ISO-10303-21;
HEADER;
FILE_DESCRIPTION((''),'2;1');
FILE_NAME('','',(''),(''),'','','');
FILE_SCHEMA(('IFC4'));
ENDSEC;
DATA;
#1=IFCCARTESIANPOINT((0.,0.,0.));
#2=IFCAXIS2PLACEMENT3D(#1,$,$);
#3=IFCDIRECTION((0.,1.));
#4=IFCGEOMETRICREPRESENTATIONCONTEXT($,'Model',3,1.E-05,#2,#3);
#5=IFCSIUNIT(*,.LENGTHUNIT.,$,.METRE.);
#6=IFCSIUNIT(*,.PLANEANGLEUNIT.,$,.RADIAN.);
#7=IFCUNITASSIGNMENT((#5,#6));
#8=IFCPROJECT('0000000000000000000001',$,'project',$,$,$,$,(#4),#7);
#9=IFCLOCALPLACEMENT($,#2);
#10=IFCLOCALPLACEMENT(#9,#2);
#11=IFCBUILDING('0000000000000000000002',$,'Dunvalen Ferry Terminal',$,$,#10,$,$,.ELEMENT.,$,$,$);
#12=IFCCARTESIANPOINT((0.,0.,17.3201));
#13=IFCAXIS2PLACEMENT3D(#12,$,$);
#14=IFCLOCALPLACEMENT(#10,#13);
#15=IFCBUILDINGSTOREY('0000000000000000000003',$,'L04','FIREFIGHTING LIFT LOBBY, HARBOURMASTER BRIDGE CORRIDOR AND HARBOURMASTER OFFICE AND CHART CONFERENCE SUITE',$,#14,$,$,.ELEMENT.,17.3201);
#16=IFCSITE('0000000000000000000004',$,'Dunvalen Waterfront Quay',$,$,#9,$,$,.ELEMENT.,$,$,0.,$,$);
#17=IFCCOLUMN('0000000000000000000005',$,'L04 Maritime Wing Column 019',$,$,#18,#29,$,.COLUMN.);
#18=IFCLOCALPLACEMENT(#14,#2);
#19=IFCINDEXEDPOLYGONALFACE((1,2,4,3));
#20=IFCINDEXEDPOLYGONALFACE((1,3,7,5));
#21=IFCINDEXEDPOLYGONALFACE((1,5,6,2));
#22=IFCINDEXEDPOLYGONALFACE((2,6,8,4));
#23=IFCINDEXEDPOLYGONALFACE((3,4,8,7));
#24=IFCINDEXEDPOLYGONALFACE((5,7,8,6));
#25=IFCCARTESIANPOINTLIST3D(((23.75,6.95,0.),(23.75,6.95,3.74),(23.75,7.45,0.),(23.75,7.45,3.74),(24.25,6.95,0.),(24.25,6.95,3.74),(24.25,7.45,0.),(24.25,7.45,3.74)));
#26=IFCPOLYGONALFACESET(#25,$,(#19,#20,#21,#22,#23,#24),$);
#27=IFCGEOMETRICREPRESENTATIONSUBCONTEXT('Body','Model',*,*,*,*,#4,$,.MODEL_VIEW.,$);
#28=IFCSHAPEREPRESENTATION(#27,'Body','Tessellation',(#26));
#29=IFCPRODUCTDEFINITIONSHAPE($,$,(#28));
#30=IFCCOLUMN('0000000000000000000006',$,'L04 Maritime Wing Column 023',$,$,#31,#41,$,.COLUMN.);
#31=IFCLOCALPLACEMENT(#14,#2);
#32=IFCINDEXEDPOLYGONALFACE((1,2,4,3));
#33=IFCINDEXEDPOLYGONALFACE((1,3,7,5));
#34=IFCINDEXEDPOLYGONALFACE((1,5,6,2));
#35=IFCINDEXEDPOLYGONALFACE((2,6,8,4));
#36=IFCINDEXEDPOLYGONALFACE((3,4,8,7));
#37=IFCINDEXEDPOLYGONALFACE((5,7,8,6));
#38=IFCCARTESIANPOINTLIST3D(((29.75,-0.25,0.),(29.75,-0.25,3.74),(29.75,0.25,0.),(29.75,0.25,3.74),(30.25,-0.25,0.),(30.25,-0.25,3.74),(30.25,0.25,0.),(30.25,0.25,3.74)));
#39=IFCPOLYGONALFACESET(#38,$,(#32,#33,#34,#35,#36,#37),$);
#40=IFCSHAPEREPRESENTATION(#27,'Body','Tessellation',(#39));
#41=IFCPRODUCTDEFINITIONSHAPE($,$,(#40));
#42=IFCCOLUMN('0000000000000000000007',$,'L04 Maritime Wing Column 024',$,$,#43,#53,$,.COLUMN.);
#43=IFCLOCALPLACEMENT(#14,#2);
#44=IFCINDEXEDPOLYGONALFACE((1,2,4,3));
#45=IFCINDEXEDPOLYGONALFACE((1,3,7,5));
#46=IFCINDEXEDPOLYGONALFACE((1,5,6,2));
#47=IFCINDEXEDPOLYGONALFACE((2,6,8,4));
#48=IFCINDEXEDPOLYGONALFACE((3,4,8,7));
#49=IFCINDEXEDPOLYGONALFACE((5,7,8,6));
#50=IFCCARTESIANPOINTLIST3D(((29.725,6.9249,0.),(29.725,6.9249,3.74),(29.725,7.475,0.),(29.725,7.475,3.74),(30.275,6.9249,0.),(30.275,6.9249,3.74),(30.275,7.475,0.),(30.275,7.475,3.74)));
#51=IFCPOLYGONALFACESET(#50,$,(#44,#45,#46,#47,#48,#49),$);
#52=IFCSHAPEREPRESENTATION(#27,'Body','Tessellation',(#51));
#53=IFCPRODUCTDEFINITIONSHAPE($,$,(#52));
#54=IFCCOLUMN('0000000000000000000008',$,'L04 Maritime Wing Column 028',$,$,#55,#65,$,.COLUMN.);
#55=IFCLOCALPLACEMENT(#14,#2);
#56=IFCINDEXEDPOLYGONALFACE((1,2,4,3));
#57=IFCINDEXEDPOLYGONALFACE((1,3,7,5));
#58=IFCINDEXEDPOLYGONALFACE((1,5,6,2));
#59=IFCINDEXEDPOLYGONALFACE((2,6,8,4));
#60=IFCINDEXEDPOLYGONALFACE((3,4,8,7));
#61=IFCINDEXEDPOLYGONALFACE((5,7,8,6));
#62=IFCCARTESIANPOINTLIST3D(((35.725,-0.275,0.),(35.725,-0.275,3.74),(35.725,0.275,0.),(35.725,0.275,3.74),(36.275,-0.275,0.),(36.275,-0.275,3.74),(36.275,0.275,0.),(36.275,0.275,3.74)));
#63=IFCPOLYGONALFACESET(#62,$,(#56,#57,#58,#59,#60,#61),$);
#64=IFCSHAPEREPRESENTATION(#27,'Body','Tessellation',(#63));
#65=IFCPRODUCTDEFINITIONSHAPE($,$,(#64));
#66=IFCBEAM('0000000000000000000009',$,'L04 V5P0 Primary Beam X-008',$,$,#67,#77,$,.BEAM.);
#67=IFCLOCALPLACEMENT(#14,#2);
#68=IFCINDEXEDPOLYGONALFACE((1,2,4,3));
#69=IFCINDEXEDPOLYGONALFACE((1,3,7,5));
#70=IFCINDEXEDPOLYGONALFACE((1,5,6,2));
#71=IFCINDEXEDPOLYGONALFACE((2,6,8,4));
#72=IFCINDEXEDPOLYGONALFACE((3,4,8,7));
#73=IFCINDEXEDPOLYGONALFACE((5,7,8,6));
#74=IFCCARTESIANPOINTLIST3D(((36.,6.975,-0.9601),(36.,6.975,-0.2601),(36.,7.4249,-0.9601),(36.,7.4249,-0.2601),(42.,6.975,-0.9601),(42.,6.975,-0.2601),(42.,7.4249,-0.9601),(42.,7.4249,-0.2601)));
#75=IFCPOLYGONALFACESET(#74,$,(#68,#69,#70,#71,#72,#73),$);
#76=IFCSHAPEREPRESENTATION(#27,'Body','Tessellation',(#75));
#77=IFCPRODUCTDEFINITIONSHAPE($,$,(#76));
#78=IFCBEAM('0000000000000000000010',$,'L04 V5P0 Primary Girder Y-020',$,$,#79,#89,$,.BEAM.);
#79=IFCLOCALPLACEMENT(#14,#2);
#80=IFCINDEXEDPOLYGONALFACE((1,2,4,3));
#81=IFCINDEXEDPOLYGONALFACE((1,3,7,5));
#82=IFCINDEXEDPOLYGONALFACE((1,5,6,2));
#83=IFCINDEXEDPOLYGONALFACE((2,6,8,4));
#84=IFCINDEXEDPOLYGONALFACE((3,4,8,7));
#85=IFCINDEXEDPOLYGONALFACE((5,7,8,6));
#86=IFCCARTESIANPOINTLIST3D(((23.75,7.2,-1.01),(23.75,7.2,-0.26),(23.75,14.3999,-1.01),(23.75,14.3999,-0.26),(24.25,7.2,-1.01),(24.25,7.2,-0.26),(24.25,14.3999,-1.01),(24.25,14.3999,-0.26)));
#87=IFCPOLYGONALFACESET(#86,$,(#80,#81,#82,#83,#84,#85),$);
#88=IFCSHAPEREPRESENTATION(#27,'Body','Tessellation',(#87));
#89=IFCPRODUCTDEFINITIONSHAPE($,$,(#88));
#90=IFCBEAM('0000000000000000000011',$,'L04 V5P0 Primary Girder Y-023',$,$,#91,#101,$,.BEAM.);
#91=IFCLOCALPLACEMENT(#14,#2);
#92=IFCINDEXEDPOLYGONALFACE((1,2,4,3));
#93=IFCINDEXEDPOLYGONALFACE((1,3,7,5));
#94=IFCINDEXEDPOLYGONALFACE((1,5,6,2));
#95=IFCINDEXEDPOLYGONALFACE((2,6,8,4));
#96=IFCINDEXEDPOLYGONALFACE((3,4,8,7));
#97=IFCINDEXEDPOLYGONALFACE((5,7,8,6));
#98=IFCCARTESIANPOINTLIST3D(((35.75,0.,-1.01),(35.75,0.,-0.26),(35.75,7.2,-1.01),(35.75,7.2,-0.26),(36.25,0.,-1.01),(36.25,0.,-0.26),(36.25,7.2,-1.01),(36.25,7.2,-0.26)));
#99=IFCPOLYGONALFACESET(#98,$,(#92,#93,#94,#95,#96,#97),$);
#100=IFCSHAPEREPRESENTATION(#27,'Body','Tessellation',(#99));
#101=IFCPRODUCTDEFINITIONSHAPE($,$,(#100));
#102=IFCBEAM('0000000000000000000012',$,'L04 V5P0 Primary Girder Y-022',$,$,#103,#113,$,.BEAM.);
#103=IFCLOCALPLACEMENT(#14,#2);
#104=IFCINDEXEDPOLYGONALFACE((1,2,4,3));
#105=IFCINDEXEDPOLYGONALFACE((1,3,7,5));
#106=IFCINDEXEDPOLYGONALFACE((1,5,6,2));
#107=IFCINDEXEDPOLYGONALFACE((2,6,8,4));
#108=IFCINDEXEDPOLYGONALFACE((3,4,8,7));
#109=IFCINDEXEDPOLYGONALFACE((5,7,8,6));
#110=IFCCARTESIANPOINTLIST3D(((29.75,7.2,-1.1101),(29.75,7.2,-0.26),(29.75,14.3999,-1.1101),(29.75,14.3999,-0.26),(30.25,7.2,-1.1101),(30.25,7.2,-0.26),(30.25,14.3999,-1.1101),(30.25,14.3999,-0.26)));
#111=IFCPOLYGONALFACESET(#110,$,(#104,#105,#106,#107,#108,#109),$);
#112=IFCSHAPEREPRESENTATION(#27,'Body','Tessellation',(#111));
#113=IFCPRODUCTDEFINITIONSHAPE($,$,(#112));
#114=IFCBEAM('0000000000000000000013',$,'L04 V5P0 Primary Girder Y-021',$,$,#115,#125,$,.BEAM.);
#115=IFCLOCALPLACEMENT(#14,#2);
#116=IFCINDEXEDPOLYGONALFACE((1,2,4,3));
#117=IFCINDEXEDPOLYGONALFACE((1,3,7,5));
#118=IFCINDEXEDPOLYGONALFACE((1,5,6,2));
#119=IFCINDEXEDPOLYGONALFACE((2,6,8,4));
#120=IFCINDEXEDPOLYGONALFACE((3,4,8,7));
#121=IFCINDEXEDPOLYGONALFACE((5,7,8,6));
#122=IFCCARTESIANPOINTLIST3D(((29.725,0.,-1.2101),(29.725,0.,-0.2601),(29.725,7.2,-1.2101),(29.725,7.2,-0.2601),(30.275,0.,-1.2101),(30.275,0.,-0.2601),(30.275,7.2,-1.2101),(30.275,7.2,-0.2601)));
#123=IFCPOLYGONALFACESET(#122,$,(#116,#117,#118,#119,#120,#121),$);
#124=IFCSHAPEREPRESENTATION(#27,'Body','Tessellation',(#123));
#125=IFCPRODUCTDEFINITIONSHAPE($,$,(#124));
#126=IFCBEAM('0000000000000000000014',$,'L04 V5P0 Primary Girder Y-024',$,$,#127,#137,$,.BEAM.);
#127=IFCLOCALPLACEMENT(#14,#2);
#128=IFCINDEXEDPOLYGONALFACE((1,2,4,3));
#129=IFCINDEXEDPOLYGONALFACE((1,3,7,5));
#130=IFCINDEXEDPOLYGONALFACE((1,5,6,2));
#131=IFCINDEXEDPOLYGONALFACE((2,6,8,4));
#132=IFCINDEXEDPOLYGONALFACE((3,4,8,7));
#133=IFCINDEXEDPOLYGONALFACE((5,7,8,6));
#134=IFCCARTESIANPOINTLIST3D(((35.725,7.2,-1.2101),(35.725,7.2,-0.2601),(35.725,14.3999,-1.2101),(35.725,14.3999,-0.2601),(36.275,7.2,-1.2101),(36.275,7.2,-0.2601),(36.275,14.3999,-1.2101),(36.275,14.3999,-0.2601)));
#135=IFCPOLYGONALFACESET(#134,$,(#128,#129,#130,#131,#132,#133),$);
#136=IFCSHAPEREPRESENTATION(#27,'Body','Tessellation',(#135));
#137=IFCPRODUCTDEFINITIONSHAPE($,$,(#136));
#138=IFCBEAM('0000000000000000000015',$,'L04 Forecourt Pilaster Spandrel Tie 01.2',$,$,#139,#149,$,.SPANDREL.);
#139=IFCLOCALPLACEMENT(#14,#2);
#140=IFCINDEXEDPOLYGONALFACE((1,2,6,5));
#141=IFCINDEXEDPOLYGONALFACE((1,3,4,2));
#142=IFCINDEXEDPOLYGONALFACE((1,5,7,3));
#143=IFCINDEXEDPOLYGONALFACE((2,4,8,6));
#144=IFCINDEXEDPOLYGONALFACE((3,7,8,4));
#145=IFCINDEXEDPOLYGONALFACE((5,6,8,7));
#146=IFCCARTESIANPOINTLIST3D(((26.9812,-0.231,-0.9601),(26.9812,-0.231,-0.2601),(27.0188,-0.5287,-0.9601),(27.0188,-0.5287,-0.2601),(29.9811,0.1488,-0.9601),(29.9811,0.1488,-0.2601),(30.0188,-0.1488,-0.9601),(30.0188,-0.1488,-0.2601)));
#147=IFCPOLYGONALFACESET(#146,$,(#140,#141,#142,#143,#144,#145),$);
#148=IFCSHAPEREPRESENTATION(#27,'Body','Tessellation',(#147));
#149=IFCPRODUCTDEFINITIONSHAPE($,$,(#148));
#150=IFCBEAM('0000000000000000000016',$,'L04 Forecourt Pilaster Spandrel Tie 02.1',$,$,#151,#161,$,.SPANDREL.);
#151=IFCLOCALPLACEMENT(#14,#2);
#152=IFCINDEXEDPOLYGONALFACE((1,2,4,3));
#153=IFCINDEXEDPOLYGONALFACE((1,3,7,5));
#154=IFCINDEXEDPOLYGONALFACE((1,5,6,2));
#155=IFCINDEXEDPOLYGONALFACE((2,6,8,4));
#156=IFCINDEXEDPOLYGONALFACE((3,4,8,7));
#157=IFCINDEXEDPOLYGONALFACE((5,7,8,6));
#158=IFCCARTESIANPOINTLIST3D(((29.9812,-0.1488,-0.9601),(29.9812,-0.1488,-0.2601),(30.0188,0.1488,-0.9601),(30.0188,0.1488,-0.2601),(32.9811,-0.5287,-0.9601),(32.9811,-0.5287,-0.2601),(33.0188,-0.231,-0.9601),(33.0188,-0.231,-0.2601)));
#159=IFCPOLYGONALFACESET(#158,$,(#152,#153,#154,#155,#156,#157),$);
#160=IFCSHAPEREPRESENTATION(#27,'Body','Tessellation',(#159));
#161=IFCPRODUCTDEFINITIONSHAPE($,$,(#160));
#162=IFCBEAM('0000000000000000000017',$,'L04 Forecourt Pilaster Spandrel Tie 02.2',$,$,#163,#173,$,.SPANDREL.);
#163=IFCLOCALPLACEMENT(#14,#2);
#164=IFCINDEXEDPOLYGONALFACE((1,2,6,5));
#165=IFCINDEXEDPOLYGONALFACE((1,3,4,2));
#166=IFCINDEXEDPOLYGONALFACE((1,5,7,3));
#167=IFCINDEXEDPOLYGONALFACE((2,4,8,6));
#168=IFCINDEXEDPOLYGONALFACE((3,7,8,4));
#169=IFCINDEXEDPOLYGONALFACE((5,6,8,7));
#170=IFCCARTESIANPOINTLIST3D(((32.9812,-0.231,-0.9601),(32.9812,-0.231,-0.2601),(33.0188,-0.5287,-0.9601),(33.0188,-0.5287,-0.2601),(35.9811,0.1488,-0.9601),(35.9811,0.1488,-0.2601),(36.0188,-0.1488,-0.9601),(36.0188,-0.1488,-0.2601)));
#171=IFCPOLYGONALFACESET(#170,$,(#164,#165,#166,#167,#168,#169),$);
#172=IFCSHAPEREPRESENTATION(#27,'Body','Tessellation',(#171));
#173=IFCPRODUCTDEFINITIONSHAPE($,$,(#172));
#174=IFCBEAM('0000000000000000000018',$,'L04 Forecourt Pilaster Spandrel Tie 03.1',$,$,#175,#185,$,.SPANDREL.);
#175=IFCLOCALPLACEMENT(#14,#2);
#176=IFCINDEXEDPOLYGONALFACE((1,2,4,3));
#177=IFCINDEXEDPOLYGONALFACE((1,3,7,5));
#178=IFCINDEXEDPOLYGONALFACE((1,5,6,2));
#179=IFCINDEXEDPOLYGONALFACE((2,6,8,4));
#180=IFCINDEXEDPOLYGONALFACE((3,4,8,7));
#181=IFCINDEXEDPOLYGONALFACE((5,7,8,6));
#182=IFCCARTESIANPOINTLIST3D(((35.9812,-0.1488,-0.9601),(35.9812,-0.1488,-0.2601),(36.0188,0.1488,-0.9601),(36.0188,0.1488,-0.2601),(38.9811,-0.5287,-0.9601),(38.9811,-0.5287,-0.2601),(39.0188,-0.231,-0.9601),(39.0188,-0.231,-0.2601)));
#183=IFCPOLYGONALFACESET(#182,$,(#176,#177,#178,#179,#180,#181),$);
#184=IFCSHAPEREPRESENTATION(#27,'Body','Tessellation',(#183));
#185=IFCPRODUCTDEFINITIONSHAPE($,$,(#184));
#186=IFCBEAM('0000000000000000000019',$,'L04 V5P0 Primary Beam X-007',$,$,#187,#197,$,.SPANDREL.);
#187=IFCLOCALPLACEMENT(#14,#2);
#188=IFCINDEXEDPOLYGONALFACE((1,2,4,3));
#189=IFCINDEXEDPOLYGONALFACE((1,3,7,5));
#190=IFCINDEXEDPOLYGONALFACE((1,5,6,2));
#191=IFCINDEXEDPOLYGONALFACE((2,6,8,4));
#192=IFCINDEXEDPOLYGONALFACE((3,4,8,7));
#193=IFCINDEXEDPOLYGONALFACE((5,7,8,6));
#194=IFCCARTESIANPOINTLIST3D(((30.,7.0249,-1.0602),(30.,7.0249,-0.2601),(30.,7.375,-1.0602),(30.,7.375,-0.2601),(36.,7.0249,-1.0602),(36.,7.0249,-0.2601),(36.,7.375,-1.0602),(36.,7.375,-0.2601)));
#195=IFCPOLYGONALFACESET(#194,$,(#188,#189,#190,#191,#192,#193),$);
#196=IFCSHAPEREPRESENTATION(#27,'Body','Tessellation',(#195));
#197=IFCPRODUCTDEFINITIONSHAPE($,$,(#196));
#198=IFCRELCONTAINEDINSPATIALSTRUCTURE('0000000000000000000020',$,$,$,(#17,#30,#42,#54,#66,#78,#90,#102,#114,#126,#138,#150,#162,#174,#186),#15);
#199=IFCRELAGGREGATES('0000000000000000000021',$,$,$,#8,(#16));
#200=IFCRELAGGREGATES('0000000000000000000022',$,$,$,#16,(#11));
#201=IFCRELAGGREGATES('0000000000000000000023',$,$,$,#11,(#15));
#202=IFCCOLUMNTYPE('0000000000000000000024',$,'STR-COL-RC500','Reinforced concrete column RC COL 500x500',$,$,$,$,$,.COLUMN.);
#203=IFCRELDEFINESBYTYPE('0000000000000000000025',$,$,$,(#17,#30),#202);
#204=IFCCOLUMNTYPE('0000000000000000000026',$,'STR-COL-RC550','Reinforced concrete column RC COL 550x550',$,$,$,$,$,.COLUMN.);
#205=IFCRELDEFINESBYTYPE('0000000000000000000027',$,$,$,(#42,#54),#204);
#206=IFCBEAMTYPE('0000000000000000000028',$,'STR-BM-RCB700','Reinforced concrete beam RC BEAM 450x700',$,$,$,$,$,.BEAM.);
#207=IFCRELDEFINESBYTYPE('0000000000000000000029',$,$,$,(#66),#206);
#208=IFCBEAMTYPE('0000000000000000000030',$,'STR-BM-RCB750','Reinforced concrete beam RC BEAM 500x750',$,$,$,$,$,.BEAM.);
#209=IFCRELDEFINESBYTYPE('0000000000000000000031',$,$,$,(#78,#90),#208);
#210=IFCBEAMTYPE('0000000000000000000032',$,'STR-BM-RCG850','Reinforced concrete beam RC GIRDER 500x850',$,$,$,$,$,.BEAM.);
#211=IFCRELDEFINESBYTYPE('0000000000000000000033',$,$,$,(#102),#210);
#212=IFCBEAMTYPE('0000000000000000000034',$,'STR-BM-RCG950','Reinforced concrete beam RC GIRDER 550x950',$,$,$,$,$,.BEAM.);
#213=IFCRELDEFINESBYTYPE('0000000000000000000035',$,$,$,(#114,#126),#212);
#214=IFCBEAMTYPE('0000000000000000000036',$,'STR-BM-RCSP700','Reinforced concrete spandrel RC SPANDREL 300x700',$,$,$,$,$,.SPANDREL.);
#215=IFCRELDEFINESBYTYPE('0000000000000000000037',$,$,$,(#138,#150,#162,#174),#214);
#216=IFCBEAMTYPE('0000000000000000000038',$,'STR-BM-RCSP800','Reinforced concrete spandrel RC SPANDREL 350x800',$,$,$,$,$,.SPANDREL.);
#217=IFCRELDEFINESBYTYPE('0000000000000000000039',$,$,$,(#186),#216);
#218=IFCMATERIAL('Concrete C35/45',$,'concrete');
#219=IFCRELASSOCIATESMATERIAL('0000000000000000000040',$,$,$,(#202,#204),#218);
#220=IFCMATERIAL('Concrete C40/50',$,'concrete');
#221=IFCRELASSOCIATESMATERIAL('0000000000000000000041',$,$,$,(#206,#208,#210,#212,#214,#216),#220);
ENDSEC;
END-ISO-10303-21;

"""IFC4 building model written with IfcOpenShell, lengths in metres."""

from ifc_helpers import new_model, si_unit, direction, frame, origin, origin_2d, place, context, subcontext, project, spatial, rectangle, extrude, material, material_profile, profile_set, type_object, element, save


model = new_model("IFC4")

# Units and contexts
model_context = context("Model", 3, precision=1e-05, world=origin(), true_north=direction((0.0, 1.0)))
body_context = subcontext(model_context, "Body", "Model", "MODEL_VIEW")
ifc_project = project(units=[si_unit("LENGTHUNIT", "METRE"), si_unit("PLANEANGLEUNIT", "RADIAN")], contexts=[model_context])

# Site, building, storey
site_placement = place(None, origin())
site = spatial("IfcSite", under=ifc_project, at=site_placement, Name="Dunvalen Waterfront Quay", CompositionType="ELEMENT", RefElevation=0.0)
building_placement = place(site_placement, origin())
building = spatial("IfcBuilding", under=site, at=building_placement, Name="Dunvalen Ferry Terminal", CompositionType="ELEMENT")
storey_placement = place(building_placement, frame((0.0, 0.0, 17.3201)))
storey = spatial("IfcBuildingStorey", under=building, at=storey_placement, Name="L04", Description="FIREFIGHTING LIFT LOBBY, HARBOURMASTER BRIDGE CORRIDOR AND HARBOURMASTER OFFICE AND CHART CONFERENCE SUITE", CompositionType="ELEMENT", Elevation=17.3201)

# Columns
ifc_material_1 = material(Name="Concrete C35/45", Category="concrete")
ifc_material_profile_1 = material_profile(ifc_material_1, rectangle(XDim=0.5, YDim=0.5, at=origin_2d()), Name="Concrete C35/45")
ifc_profile_set_1 = profile_set([ifc_material_profile_1], Name="Concrete C35/45")
column_type_1 = type_object("IfcColumnType", Name="STR-COL-RC500", Description="Reinforced concrete column RC COL 500x500", PredefinedType="COLUMN", material=ifc_profile_set_1)
for number, where, z_axis, x_axis, name in (
    (1, (24.0, 7.2, 0.0), (0.0, 0.0, 1.0), (1.0, 0.0, 0.0), "L04 Maritime Wing Column 019"),
    (2, (30.0, 0.0, 0.0), (0.0, 0.0, 1.0), (1.0, 0.0, 0.0), "L04 Maritime Wing Column 023"),
):
    element("IfcColumn", number, at=place(storey_placement, frame(where, z_axis=z_axis, x_axis=x_axis)), inside=storey, type_object=column_type_1, Name=name, PredefinedType="COLUMN", context=body_context, shape_type="SweptSolid", body=[
        extrude(rectangle(XDim=0.5, YDim=0.5, at=origin_2d()), origin(), (0.0, 0.0, 1.0), 3.74),
    ])
ifc_material_profile_2 = material_profile(ifc_material_1, rectangle(XDim=0.55, YDim=0.55, at=origin_2d()), Name="Concrete C35/45")
ifc_profile_set_2 = profile_set([ifc_material_profile_2], Name="Concrete C35/45")
column_type_2 = type_object("IfcColumnType", Name="STR-COL-RC550", Description="Reinforced concrete column RC COL 550x550", PredefinedType="COLUMN", material=ifc_profile_set_2)
for number, where, z_axis, x_axis, name in (
    (3, (30.0, 7.2, 0.0), (0.0, 0.0, 1.0), (1.0, 0.0, 0.0), "L04 Maritime Wing Column 024"),
    (4, (36.0, 0.0, 0.0), (0.0, 0.0, 1.0), (1.0, 0.0, 0.0), "L04 Maritime Wing Column 028"),
):
    element("IfcColumn", number, at=place(storey_placement, frame(where, z_axis=z_axis, x_axis=x_axis)), inside=storey, type_object=column_type_2, Name=name, PredefinedType="COLUMN", context=body_context, shape_type="SweptSolid", body=[
        extrude(rectangle(XDim=0.55, YDim=0.55, at=origin_2d()), origin(), (0.0, 0.0, 1.0), 3.74),
    ])

# Beams
ifc_material_2 = material(Name="Concrete C40/50", Category="concrete")
ifc_material_profile_3 = material_profile(ifc_material_2, rectangle(XDim=0.45, YDim=0.7, at=origin_2d()), Name="Concrete C40/50")
ifc_profile_set_3 = profile_set([ifc_material_profile_3], Name="Concrete C40/50")
beam_type_1 = type_object("IfcBeamType", Name="STR-BM-RCB700", Description="Reinforced concrete beam RC BEAM 450x700", PredefinedType="BEAM", material=ifc_profile_set_3)
beam_1_placement = place(storey_placement, frame((36.0, 7.2, -0.6101), z_axis=(1.0, 0.0, 0.0), x_axis=(0.0, 1.0, 0.0)))
element("IfcBeam", 5, at=beam_1_placement, inside=storey, type_object=beam_type_1, Name="L04 V5P0 Primary Beam X-008", PredefinedType="BEAM", context=body_context, shape_type="SweptSolid", body=[
    extrude(rectangle(XDim=0.45, YDim=0.7, at=origin_2d()), origin(), (0.0, 0.0, 1.0), 6.0),
])
ifc_material_profile_4 = material_profile(ifc_material_2, rectangle(XDim=0.5, YDim=0.75, at=origin_2d()), Name="Concrete C40/50")
ifc_profile_set_4 = profile_set([ifc_material_profile_4], Name="Concrete C40/50")
beam_type_2 = type_object("IfcBeamType", Name="STR-BM-RCB750", Description="Reinforced concrete beam RC BEAM 500x750", PredefinedType="BEAM", material=ifc_profile_set_4)
for number, where, z_axis, x_axis, name in (
    (6, (24.0, 7.2, -0.635), (0.0, 1.0, 0.0), (-1.0, 0.0, 0.0), "L04 V5P0 Primary Girder Y-020"),
    (7, (36.0, 0.0, -0.635), (0.0, 1.0, 0.0), (-1.0, 0.0, 0.0), "L04 V5P0 Primary Girder Y-023"),
):
    element("IfcBeam", number, at=place(storey_placement, frame(where, z_axis=z_axis, x_axis=x_axis)), inside=storey, type_object=beam_type_2, Name=name, PredefinedType="BEAM", context=body_context, shape_type="SweptSolid", body=[
        extrude(rectangle(XDim=0.5, YDim=0.75, at=origin_2d()), origin(), (0.0, 0.0, 1.0), 7.2),
    ])
ifc_material_profile_5 = material_profile(ifc_material_2, rectangle(XDim=0.5, YDim=0.8501, at=origin_2d()), Name="Concrete C40/50")
ifc_profile_set_5 = profile_set([ifc_material_profile_5], Name="Concrete C40/50")
beam_type_3 = type_object("IfcBeamType", Name="STR-BM-RCG850", Description="Reinforced concrete beam RC GIRDER 500x850", PredefinedType="BEAM", material=ifc_profile_set_5)
beam_2_placement = place(storey_placement, frame((30.0, 7.2, -0.6851), z_axis=(0.0, 1.0, 0.0), x_axis=(-1.0, 0.0, 0.0)))
element("IfcBeam", 8, at=beam_2_placement, inside=storey, type_object=beam_type_3, Name="L04 V5P0 Primary Girder Y-022", PredefinedType="BEAM", context=body_context, shape_type="SweptSolid", body=[
    extrude(rectangle(XDim=0.5, YDim=0.8501, at=origin_2d()), origin(), (0.0, 0.0, 1.0), 7.2),
])
ifc_material_profile_6 = material_profile(ifc_material_2, rectangle(XDim=0.55, YDim=0.95, at=origin_2d()), Name="Concrete C40/50")
ifc_profile_set_6 = profile_set([ifc_material_profile_6], Name="Concrete C40/50")
beam_type_4 = type_object("IfcBeamType", Name="STR-BM-RCG950", Description="Reinforced concrete beam RC GIRDER 550x950", PredefinedType="BEAM", material=ifc_profile_set_6)
for number, where, z_axis, x_axis, name in (
    (9, (30.0, 0.0, -0.7351), (0.0, 1.0, 0.0), (-1.0, 0.0, 0.0), "L04 V5P0 Primary Girder Y-021"),
    (10, (36.0, 7.2, -0.7351), (0.0, 1.0, 0.0), (-1.0, 0.0, 0.0), "L04 V5P0 Primary Girder Y-024"),
):
    element("IfcBeam", number, at=place(storey_placement, frame(where, z_axis=z_axis, x_axis=x_axis)), inside=storey, type_object=beam_type_4, Name=name, PredefinedType="BEAM", context=body_context, shape_type="SweptSolid", body=[
        extrude(rectangle(XDim=0.55, YDim=0.95, at=origin_2d()), origin(), (0.0, 0.0, 1.0), 7.2),
    ])
ifc_material_profile_7 = material_profile(ifc_material_2, rectangle(XDim=0.3, YDim=0.7, at=origin_2d()), Name="Concrete C40/50")
ifc_profile_set_7 = profile_set([ifc_material_profile_7], Name="Concrete C40/50")
beam_type_5 = type_object("IfcBeamType", Name="STR-BM-RCSP700", Description="Reinforced concrete spandrel RC SPANDREL 300x700", PredefinedType="SPANDREL", material=ifc_profile_set_7)
for number, where, z_axis, x_axis, name in (
    (11, (27.0, -0.3799, -0.6101), (0.992078, 0.125624, 0.0), (-0.125624, 0.992078, 0.0), "L04 Forecourt Pilaster Spandrel Tie 01.2"),
    (12, (30.0, 0.0, -0.6101), (0.992078, -0.125624, 0.0), (0.125624, 0.992078, 0.0), "L04 Forecourt Pilaster Spandrel Tie 02.1"),
    (13, (33.0, -0.3799, -0.6101), (0.992078, 0.125624, 0.0), (-0.125624, 0.992078, 0.0), "L04 Forecourt Pilaster Spandrel Tie 02.2"),
    (14, (36.0, 0.0, -0.6101), (0.992078, -0.125624, 0.0), (0.125624, 0.992078, 0.0), "L04 Forecourt Pilaster Spandrel Tie 03.1"),
):
    element("IfcBeam", number, at=place(storey_placement, frame(where, z_axis=z_axis, x_axis=x_axis)), inside=storey, type_object=beam_type_5, Name=name, PredefinedType="SPANDREL", context=body_context, shape_type="SweptSolid", body=[
        extrude(rectangle(XDim=0.3, YDim=0.7, at=origin_2d()), origin(), (0.0, 0.0, 1.0), 3.0239),
    ])
ifc_material_profile_8 = material_profile(ifc_material_2, rectangle(XDim=0.3501, YDim=0.8, at=origin_2d()), Name="Concrete C40/50")
ifc_profile_set_8 = profile_set([ifc_material_profile_8], Name="Concrete C40/50")
beam_type_6 = type_object("IfcBeamType", Name="STR-BM-RCSP800", Description="Reinforced concrete spandrel RC SPANDREL 350x800", PredefinedType="SPANDREL", material=ifc_profile_set_8)
beam_3_placement = place(storey_placement, frame((30.0, 7.2, -0.6602), z_axis=(1.0, 0.0, 0.0), x_axis=(0.0, 1.0, 0.0)))
element("IfcBeam", 15, at=beam_3_placement, inside=storey, type_object=beam_type_6, Name="L04 V5P0 Primary Beam X-007", PredefinedType="SPANDREL", context=body_context, shape_type="SweptSolid", body=[
    extrude(rectangle(XDim=0.3501, YDim=0.8, at=origin_2d()), origin(), (0.0, 0.0, 1.0), 6.0),
])

save(model, "model.ifc")
